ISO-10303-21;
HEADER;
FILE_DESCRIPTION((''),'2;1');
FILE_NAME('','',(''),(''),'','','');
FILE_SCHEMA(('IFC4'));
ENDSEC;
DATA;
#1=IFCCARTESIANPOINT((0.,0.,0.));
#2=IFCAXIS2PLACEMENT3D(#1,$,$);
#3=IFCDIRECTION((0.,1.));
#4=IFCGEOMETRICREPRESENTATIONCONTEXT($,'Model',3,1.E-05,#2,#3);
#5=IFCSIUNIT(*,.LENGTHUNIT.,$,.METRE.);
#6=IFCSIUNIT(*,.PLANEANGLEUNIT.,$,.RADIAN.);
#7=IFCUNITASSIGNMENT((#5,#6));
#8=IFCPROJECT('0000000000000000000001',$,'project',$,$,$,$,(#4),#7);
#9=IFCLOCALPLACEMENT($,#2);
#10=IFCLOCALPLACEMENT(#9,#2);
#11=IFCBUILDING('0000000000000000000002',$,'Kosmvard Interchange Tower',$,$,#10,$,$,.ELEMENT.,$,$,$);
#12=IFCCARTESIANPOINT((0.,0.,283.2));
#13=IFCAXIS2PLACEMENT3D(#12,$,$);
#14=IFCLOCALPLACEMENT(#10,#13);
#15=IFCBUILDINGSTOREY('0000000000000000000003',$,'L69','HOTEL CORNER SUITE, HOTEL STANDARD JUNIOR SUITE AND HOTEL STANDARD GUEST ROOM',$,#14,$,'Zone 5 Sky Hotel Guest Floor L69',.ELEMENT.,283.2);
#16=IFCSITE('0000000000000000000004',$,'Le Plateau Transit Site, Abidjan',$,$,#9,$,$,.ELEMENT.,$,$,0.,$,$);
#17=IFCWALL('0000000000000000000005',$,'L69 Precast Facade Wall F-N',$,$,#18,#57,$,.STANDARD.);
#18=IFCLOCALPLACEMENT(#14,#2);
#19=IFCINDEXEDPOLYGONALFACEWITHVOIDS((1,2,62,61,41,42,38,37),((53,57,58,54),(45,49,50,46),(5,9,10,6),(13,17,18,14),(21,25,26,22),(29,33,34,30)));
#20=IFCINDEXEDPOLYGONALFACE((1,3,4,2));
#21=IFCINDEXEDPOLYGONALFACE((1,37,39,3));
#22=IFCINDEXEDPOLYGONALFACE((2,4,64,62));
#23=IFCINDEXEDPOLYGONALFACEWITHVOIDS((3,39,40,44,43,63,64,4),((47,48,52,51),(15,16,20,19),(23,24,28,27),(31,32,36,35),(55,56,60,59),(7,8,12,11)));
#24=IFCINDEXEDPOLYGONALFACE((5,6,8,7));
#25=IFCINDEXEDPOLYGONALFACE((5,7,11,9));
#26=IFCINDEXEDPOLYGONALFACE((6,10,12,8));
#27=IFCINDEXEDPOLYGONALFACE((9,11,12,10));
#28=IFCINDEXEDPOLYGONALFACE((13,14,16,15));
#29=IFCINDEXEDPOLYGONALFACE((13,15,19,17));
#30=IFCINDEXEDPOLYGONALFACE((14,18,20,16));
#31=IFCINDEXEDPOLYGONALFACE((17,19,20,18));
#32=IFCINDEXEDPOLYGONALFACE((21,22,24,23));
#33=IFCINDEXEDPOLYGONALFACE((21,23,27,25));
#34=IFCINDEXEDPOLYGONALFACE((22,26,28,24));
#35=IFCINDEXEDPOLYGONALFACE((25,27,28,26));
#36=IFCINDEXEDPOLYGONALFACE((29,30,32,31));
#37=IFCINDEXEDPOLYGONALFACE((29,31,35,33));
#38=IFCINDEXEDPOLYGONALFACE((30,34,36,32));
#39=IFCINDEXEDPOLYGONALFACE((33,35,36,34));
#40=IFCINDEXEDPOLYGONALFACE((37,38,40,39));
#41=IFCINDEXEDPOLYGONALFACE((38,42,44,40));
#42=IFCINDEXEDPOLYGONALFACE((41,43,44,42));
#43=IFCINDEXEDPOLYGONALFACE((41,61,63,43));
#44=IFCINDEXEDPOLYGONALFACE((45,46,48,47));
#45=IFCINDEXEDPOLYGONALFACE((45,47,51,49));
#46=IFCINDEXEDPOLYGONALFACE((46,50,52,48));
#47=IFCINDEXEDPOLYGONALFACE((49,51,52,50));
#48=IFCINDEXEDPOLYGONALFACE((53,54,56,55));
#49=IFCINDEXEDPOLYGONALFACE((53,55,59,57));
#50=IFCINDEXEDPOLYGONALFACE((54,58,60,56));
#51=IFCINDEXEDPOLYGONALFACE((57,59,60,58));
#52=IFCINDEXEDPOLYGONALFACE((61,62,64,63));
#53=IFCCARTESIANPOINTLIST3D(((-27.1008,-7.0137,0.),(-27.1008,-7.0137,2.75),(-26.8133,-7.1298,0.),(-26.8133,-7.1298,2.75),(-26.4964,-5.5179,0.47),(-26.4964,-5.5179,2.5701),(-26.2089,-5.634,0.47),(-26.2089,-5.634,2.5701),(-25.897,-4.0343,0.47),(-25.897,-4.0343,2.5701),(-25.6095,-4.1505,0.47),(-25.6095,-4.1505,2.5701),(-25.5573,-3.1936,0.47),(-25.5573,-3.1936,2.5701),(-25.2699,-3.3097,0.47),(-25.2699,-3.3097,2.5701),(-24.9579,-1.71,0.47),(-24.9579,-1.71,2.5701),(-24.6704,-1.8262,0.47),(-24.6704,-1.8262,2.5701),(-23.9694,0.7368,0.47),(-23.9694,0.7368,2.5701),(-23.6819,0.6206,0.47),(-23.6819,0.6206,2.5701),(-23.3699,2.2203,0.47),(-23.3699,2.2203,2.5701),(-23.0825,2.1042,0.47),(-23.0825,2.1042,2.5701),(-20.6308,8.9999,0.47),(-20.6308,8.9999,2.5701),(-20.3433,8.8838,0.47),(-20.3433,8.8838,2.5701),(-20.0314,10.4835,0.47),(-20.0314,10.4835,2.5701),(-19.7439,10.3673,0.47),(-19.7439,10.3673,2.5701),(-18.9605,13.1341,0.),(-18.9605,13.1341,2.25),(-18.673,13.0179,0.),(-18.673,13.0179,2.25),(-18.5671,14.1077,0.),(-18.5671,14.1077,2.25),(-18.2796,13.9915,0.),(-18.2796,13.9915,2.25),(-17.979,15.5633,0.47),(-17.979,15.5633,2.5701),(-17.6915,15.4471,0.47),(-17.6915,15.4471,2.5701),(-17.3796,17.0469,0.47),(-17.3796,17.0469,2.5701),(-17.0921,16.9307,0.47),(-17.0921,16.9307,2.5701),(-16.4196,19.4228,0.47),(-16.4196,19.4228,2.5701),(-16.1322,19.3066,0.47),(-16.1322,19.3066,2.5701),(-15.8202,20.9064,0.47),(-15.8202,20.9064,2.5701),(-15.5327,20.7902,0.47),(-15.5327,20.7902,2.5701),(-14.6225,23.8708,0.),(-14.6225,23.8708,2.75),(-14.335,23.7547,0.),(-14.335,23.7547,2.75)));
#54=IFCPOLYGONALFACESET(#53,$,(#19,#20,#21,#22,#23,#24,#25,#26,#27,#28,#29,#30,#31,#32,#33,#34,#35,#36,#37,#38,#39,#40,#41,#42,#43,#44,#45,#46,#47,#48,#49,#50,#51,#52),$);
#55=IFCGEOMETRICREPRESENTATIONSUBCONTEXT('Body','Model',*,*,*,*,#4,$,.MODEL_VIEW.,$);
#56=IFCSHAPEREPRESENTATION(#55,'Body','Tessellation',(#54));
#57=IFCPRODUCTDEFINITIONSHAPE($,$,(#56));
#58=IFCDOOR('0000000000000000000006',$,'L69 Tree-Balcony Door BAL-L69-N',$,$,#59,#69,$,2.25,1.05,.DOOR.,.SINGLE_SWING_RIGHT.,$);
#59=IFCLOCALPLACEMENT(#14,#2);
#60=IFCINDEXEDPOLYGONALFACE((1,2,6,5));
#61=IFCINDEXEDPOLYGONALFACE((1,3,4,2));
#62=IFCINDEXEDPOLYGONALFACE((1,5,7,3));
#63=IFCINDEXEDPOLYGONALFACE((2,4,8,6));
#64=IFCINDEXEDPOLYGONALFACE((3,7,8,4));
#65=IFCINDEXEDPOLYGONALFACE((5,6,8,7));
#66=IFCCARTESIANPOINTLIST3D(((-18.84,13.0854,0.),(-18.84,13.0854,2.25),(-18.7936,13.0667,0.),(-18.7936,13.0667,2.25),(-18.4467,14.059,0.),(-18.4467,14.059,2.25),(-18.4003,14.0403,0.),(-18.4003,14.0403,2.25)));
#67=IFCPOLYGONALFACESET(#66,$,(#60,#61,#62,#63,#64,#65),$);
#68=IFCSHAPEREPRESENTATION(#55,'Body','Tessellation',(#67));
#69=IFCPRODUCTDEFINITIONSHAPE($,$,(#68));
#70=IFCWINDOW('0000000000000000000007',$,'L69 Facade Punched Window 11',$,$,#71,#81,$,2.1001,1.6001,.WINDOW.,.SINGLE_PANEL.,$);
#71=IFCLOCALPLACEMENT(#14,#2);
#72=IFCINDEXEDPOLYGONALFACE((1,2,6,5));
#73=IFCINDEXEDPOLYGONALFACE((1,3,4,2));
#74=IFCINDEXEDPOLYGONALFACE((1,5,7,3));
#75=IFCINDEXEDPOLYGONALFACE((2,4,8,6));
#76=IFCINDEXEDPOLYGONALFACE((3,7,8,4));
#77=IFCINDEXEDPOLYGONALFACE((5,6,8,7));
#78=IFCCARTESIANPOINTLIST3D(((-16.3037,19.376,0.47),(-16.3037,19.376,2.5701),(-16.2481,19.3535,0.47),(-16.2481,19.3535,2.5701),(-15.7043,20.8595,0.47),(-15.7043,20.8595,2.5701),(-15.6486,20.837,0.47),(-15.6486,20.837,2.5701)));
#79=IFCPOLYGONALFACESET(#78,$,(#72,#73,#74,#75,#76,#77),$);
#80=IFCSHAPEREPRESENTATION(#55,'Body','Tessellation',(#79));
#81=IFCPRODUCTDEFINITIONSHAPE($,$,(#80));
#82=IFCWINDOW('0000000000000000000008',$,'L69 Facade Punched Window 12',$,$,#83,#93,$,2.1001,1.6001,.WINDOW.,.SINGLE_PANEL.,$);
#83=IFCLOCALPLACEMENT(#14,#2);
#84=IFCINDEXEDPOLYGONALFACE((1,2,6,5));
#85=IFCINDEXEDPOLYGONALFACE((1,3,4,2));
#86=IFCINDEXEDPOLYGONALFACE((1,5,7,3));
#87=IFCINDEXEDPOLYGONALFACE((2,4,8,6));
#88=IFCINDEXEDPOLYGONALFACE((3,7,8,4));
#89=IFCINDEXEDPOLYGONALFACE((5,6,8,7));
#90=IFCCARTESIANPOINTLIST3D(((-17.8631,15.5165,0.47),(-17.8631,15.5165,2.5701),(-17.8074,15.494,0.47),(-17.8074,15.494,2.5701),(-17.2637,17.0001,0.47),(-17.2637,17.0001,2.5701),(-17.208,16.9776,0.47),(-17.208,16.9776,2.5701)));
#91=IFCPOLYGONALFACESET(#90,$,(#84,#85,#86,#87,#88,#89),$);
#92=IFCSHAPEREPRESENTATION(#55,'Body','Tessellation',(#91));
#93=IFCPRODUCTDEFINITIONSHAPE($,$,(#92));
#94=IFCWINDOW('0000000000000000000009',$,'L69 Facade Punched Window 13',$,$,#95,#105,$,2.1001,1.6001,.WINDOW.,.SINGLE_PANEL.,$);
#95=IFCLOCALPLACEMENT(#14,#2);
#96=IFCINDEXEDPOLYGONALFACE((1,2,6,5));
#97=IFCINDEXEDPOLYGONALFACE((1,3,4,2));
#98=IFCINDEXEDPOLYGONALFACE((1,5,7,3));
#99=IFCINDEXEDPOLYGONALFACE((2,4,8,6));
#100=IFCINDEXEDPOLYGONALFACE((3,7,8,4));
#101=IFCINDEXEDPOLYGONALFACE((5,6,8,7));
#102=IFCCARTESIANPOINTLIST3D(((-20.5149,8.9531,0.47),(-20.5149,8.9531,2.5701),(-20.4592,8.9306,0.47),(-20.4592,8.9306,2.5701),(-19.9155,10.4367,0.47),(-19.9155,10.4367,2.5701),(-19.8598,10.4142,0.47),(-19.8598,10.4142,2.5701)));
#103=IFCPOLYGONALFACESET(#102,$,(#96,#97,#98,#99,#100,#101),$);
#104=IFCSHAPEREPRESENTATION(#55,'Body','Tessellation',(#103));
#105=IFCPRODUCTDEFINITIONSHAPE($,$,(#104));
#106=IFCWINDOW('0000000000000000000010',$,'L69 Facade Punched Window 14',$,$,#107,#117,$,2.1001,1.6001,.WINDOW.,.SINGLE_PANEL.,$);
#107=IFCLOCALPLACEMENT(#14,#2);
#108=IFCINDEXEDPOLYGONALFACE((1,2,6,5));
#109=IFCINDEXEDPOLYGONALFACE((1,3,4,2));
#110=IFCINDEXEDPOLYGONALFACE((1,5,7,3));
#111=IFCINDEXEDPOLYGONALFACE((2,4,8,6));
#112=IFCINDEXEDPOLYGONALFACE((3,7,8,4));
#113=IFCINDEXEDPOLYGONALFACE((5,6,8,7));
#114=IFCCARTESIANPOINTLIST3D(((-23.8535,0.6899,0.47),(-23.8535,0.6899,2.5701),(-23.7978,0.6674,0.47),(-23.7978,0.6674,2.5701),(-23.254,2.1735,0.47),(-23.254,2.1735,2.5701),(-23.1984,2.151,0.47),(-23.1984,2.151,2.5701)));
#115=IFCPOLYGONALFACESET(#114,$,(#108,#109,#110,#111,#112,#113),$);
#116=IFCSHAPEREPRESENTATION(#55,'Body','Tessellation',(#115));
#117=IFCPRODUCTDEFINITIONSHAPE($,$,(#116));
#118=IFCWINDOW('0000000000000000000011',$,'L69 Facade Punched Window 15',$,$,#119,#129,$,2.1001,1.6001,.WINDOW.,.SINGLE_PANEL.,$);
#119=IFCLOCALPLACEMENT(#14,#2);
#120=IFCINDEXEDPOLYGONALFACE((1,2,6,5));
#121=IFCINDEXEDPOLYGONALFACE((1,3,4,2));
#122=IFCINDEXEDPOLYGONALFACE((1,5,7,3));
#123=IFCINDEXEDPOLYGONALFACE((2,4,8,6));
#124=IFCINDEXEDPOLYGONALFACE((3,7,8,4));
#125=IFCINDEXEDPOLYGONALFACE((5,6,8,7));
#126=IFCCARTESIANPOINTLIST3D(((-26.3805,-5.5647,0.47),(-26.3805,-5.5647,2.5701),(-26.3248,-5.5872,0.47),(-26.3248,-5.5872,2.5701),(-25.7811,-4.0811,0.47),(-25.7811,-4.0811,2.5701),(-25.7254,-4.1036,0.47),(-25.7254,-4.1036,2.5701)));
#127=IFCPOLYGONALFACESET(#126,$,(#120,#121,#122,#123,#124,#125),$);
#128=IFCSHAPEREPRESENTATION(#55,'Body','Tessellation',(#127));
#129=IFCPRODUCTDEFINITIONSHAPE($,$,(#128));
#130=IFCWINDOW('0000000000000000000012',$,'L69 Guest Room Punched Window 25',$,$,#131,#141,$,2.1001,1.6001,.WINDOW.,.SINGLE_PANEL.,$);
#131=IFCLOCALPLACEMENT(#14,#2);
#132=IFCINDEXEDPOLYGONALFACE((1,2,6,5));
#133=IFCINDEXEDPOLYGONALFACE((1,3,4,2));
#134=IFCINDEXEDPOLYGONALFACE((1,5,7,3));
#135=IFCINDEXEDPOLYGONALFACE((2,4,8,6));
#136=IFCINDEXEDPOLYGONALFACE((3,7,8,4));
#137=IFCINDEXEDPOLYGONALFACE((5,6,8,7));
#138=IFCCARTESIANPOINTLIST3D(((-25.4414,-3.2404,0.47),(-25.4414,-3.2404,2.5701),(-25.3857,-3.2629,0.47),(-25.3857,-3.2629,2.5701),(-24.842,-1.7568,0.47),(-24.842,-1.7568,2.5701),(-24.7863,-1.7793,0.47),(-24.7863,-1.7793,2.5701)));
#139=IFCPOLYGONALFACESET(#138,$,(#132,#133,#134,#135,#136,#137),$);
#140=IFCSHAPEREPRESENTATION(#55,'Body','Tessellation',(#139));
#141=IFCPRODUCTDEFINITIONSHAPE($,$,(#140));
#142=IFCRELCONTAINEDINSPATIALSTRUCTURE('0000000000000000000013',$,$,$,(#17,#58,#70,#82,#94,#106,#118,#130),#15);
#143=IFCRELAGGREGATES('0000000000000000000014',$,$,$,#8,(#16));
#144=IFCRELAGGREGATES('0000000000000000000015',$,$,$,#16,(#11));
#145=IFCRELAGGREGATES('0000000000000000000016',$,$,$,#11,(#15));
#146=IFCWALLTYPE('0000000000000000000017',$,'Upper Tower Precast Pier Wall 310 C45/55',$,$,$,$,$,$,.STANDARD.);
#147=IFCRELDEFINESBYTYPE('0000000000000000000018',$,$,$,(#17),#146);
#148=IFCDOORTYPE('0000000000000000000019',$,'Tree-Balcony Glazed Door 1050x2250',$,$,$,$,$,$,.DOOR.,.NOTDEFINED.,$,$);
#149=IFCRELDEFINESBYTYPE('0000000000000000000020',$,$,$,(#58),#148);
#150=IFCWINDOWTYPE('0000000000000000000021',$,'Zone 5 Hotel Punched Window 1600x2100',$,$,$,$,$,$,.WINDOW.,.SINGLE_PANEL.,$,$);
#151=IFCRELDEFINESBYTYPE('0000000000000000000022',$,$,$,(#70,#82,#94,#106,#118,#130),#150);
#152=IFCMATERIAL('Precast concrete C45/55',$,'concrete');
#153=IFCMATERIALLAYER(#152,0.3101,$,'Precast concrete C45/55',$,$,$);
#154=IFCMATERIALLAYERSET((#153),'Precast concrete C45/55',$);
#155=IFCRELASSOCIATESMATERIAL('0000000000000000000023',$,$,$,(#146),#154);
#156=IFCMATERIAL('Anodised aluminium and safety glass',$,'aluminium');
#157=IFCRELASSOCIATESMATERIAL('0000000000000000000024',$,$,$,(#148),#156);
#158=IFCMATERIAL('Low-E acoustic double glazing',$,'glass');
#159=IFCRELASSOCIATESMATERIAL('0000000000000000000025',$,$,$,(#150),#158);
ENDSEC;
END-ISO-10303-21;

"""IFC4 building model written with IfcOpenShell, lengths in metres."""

from ifc_helpers import new_model, si_unit, direction, frame, frame_2d, origin, place, context, subcontext, project, spatial, rectangle, extrude, source, transform, mapped, material, layer, layer_set, type_object, element, fill, save


model = new_model("IFC4")

# Units and contexts
model_context = context("Model", 3, precision=1e-05, world=origin(), true_north=direction((0.0, 1.0)))
body_context = subcontext(model_context, "Body", "Model", "MODEL_VIEW")
ifc_project = project(units=[si_unit("LENGTHUNIT", "METRE"), si_unit("PLANEANGLEUNIT", "RADIAN")], contexts=[model_context])

# Site, building, storey
site_placement = place(None, origin())
site = spatial("IfcSite", under=ifc_project, at=site_placement, Name="Le Plateau Transit Site, Abidjan", CompositionType="ELEMENT", RefElevation=0.0)
building_placement = place(site_placement, origin())
building = spatial("IfcBuilding", under=site, at=building_placement, Name="Kosmvard Interchange Tower", CompositionType="ELEMENT")
storey_placement = place(building_placement, frame((0.0, 0.0, 283.2)))
storey = spatial("IfcBuildingStorey", under=building, at=storey_placement, Name="L69", Description="HOTEL CORNER SUITE, HOTEL STANDARD JUNIOR SUITE AND HOTEL STANDARD GUEST ROOM", LongName="Zone 5 Sky Hotel Guest Floor L69", CompositionType="ELEMENT", Elevation=283.2)

# Wall, openings, door, windows
ifc_material_1 = material(Name="Precast concrete C45/55", Category="concrete")
ifc_layer_1 = layer(ifc_material_1, 0.3101, Name="Precast concrete C45/55")
ifc_layer_set_1 = layer_set([ifc_layer_1], Name="Precast concrete C45/55")
wall_type = type_object("IfcWallType", Name="Upper Tower Precast Pier Wall 310 C45/55", PredefinedType="STANDARD", material=ifc_layer_set_1)
wall_placement = place(storey_placement, frame((-14.4788, 23.8127, 0.0), z_axis=(0.0, 0.0, 1.0), x_axis=(-0.37461, -0.927183, 0.0)))
wall = element("IfcWall", 1, at=wall_placement, inside=storey, type_object=wall_type, Name="L69 Precast Facade Wall F-N", PredefinedType="STANDARD", context=body_context, shape_type="SweptSolid", body=[
    extrude(rectangle(XDim=33.3101, YDim=0.3101, at=frame_2d((16.655, 0.0))), origin(), (0.0, 0.0, 1.0), 2.75),
])
opening_1_placement = place(wall_placement, frame((10.53, 0.0, 0.0)))
opening_1 = element("IfcOpeningElement", 2, at=opening_1_placement, cuts=wall, PredefinedType="OPENING", context=body_context, shape_type="SweptSolid", body=[
    extrude(rectangle(XDim=1.05, YDim=2.25, at=frame_2d((0.5249, 1.125))), frame((0.0, 0.165, 0.0), z_axis=(0.0, -1.0, 0.0), x_axis=(1.0, 0.0, 0.0)), (0.0, 0.0, 1.0), 0.3301),
])
opening_2_placement = place(wall_placement, frame((3.1973, 0.0, 0.47)))
opening_2 = element("IfcOpeningElement", 3, at=opening_2_placement, cuts=wall, PredefinedType="OPENING", context=body_context, shape_type="SweptSolid", body=[
    extrude(rectangle(XDim=1.6001, YDim=2.1001, at=frame_2d((0.8, 1.05))), frame((0.0, 0.165, 0.0), z_axis=(0.0, -1.0, 0.0), x_axis=(1.0, 0.0, 0.0)), (0.0, 0.0, 1.0), 0.3301),
])
opening_3_placement = place(wall_placement, frame((7.3599, 0.0, 0.47)))
opening_3 = element("IfcOpeningElement", 4, at=opening_3_placement, cuts=wall, PredefinedType="OPENING", context=body_context, shape_type="SweptSolid", body=[
    extrude(rectangle(XDim=1.6001, YDim=2.1001, at=frame_2d((0.8, 1.05))), frame((0.0, 0.165, 0.0), z_axis=(0.0, -1.0, 0.0), x_axis=(1.0, 0.0, 0.0)), (0.0, 0.0, 1.0), 0.3301),
])
opening_4_placement = place(wall_placement, frame((14.4387, 0.0, 0.47)))
opening_4 = element("IfcOpeningElement", 5, at=opening_4_placement, cuts=wall, PredefinedType="OPENING", context=body_context, shape_type="SweptSolid", body=[
    extrude(rectangle(XDim=1.6001, YDim=2.1001, at=frame_2d((0.8, 1.05))), frame((0.0, 0.165, 0.0), z_axis=(0.0, -1.0, 0.0), x_axis=(1.0, 0.0, 0.0)), (0.0, 0.0, 1.0), 0.3301),
])
opening_5_placement = place(wall_placement, frame((23.3508, 0.0, 0.47)))
opening_5 = element("IfcOpeningElement", 6, at=opening_5_placement, cuts=wall, PredefinedType="OPENING", context=body_context, shape_type="SweptSolid", body=[
    extrude(rectangle(XDim=1.6001, YDim=2.1001, at=frame_2d((0.8, 1.05))), frame((0.0, 0.165, 0.0), z_axis=(0.0, -1.0, 0.0), x_axis=(1.0, 0.0, 0.0)), (0.0, 0.0, 1.0), 0.3301),
])
opening_6_placement = place(wall_placement, frame((30.0967, 0.0, 0.47)))
opening_6 = element("IfcOpeningElement", 7, at=opening_6_placement, cuts=wall, PredefinedType="OPENING", context=body_context, shape_type="SweptSolid", body=[
    extrude(rectangle(XDim=1.6001, YDim=2.1001, at=frame_2d((0.8, 1.05))), frame((0.0, 0.165, 0.0), z_axis=(0.0, -1.0, 0.0), x_axis=(1.0, 0.0, 0.0)), (0.0, 0.0, 1.0), 0.3301),
])
opening_7_placement = place(wall_placement, frame((27.5898, 0.0, 0.47)))
opening_7 = element("IfcOpeningElement", 8, at=opening_7_placement, cuts=wall, PredefinedType="OPENING", context=body_context, shape_type="SweptSolid", body=[
    extrude(rectangle(XDim=1.6001, YDim=2.1001, at=frame_2d((0.8, 1.05))), frame((0.0, 0.165, 0.0), z_axis=(0.0, -1.0, 0.0), x_axis=(1.0, 0.0, 0.0)), (0.0, 0.0, 1.0), 0.3301),
])
ifc_material_2 = material(Name="Anodised aluminium and safety glass", Category="aluminium")
door_type = type_object("IfcDoorType", Name="Tree-Balcony Glazed Door 1050x2250", OperationType="NOTDEFINED", PredefinedType="DOOR", material=ifc_material_2)
shared_shape_1 = source(origin(), body_context, "Body", "SweptSolid", [
    extrude(rectangle(XDim=1.05, YDim=2.25, at=frame_2d((0.5249, 1.125))), frame((0.0, 0.0249, 0.0), z_axis=(0.0, -1.0, 0.0), x_axis=(1.0, 0.0, 0.0)), (0.0, 0.0, 1.0), 0.05),
])
door_placement = place(opening_1_placement, origin())
door = element("IfcDoor", 9, at=door_placement, inside=storey, type_object=door_type, Name="L69 Tree-Balcony Door BAL-L69-N", OperationType="SINGLE_SWING_RIGHT", OverallHeight=2.25, OverallWidth=1.05, PredefinedType="DOOR", context=body_context, shape_type="MappedRepresentation", body=[
    mapped(shared_shape_1, transform((0.0, 0.0, 0.0), scale=1.0)),
])
fill(opening_1, door)
ifc_material_3 = material(Name="Low-E acoustic double glazing", Category="glass")
window_type = type_object("IfcWindowType", Name="Zone 5 Hotel Punched Window 1600x2100", PartitioningType="SINGLE_PANEL", PredefinedType="WINDOW", material=ifc_material_3)
shared_shape_2 = source(origin(), body_context, "Body", "SweptSolid", [
    extrude(rectangle(XDim=1.6001, YDim=2.1001, at=frame_2d((0.8, 1.05))), frame((0.0, 0.03, 0.0), z_axis=(0.0, -1.0, 0.0), x_axis=(1.0, 0.0, 0.0)), (0.0, 0.0, 1.0), 0.0601),
])
window_1_placement = place(opening_2_placement, origin())
window_1 = element("IfcWindow", 10, at=window_1_placement, inside=storey, type_object=window_type, Name="L69 Facade Punched Window 11", OverallHeight=2.1001, OverallWidth=1.6001, PartitioningType="SINGLE_PANEL", PredefinedType="WINDOW", context=body_context, shape_type="MappedRepresentation", body=[
    mapped(shared_shape_2, transform((0.0, 0.0, 0.0), scale=1.0)),
])
fill(opening_2, window_1)
window_2_placement = place(opening_3_placement, origin())
window_2 = element("IfcWindow", 11, at=window_2_placement, inside=storey, type_object=window_type, Name="L69 Facade Punched Window 12", OverallHeight=2.1001, OverallWidth=1.6001, PartitioningType="SINGLE_PANEL", PredefinedType="WINDOW", context=body_context, shape_type="MappedRepresentation", body=[
    mapped(shared_shape_2, transform((0.0, 0.0, 0.0), scale=1.0)),
])
fill(opening_3, window_2)
window_3_placement = place(opening_4_placement, origin())
window_3 = element("IfcWindow", 12, at=window_3_placement, inside=storey, type_object=window_type, Name="L69 Facade Punched Window 13", OverallHeight=2.1001, OverallWidth=1.6001, PartitioningType="SINGLE_PANEL", PredefinedType="WINDOW", context=body_context, shape_type="MappedRepresentation", body=[
    mapped(shared_shape_2, transform((0.0, 0.0, 0.0), scale=1.0)),
])
fill(opening_4, window_3)
window_4_placement = place(opening_5_placement, origin())
window_4 = element("IfcWindow", 13, at=window_4_placement, inside=storey, type_object=window_type, Name="L69 Facade Punched Window 14", OverallHeight=2.1001, OverallWidth=1.6001, PartitioningType="SINGLE_PANEL", PredefinedType="WINDOW", context=body_context, shape_type="MappedRepresentation", body=[
    mapped(shared_shape_2, transform((0.0, 0.0, 0.0), scale=1.0)),
])
fill(opening_5, window_4)
window_5_placement = place(opening_6_placement, origin())
window_5 = element("IfcWindow", 14, at=window_5_placement, inside=storey, type_object=window_type, Name="L69 Facade Punched Window 15", OverallHeight=2.1001, OverallWidth=1.6001, PartitioningType="SINGLE_PANEL", PredefinedType="WINDOW", context=body_context, shape_type="MappedRepresentation", body=[
    mapped(shared_shape_2, transform((0.0, 0.0, 0.0), scale=1.0)),
])
fill(opening_6, window_5)
window_6_placement = place(opening_7_placement, origin())
window_6 = element("IfcWindow", 15, at=window_6_placement, inside=storey, type_object=window_type, Name="L69 Guest Room Punched Window 25", OverallHeight=2.1001, OverallWidth=1.6001, PartitioningType="SINGLE_PANEL", PredefinedType="WINDOW", context=body_context, shape_type="MappedRepresentation", body=[
    mapped(shared_shape_2, transform((0.0, 0.0, 0.0), scale=1.0)),
])
fill(opening_7, window_6)

save(model, "model.ifc")
